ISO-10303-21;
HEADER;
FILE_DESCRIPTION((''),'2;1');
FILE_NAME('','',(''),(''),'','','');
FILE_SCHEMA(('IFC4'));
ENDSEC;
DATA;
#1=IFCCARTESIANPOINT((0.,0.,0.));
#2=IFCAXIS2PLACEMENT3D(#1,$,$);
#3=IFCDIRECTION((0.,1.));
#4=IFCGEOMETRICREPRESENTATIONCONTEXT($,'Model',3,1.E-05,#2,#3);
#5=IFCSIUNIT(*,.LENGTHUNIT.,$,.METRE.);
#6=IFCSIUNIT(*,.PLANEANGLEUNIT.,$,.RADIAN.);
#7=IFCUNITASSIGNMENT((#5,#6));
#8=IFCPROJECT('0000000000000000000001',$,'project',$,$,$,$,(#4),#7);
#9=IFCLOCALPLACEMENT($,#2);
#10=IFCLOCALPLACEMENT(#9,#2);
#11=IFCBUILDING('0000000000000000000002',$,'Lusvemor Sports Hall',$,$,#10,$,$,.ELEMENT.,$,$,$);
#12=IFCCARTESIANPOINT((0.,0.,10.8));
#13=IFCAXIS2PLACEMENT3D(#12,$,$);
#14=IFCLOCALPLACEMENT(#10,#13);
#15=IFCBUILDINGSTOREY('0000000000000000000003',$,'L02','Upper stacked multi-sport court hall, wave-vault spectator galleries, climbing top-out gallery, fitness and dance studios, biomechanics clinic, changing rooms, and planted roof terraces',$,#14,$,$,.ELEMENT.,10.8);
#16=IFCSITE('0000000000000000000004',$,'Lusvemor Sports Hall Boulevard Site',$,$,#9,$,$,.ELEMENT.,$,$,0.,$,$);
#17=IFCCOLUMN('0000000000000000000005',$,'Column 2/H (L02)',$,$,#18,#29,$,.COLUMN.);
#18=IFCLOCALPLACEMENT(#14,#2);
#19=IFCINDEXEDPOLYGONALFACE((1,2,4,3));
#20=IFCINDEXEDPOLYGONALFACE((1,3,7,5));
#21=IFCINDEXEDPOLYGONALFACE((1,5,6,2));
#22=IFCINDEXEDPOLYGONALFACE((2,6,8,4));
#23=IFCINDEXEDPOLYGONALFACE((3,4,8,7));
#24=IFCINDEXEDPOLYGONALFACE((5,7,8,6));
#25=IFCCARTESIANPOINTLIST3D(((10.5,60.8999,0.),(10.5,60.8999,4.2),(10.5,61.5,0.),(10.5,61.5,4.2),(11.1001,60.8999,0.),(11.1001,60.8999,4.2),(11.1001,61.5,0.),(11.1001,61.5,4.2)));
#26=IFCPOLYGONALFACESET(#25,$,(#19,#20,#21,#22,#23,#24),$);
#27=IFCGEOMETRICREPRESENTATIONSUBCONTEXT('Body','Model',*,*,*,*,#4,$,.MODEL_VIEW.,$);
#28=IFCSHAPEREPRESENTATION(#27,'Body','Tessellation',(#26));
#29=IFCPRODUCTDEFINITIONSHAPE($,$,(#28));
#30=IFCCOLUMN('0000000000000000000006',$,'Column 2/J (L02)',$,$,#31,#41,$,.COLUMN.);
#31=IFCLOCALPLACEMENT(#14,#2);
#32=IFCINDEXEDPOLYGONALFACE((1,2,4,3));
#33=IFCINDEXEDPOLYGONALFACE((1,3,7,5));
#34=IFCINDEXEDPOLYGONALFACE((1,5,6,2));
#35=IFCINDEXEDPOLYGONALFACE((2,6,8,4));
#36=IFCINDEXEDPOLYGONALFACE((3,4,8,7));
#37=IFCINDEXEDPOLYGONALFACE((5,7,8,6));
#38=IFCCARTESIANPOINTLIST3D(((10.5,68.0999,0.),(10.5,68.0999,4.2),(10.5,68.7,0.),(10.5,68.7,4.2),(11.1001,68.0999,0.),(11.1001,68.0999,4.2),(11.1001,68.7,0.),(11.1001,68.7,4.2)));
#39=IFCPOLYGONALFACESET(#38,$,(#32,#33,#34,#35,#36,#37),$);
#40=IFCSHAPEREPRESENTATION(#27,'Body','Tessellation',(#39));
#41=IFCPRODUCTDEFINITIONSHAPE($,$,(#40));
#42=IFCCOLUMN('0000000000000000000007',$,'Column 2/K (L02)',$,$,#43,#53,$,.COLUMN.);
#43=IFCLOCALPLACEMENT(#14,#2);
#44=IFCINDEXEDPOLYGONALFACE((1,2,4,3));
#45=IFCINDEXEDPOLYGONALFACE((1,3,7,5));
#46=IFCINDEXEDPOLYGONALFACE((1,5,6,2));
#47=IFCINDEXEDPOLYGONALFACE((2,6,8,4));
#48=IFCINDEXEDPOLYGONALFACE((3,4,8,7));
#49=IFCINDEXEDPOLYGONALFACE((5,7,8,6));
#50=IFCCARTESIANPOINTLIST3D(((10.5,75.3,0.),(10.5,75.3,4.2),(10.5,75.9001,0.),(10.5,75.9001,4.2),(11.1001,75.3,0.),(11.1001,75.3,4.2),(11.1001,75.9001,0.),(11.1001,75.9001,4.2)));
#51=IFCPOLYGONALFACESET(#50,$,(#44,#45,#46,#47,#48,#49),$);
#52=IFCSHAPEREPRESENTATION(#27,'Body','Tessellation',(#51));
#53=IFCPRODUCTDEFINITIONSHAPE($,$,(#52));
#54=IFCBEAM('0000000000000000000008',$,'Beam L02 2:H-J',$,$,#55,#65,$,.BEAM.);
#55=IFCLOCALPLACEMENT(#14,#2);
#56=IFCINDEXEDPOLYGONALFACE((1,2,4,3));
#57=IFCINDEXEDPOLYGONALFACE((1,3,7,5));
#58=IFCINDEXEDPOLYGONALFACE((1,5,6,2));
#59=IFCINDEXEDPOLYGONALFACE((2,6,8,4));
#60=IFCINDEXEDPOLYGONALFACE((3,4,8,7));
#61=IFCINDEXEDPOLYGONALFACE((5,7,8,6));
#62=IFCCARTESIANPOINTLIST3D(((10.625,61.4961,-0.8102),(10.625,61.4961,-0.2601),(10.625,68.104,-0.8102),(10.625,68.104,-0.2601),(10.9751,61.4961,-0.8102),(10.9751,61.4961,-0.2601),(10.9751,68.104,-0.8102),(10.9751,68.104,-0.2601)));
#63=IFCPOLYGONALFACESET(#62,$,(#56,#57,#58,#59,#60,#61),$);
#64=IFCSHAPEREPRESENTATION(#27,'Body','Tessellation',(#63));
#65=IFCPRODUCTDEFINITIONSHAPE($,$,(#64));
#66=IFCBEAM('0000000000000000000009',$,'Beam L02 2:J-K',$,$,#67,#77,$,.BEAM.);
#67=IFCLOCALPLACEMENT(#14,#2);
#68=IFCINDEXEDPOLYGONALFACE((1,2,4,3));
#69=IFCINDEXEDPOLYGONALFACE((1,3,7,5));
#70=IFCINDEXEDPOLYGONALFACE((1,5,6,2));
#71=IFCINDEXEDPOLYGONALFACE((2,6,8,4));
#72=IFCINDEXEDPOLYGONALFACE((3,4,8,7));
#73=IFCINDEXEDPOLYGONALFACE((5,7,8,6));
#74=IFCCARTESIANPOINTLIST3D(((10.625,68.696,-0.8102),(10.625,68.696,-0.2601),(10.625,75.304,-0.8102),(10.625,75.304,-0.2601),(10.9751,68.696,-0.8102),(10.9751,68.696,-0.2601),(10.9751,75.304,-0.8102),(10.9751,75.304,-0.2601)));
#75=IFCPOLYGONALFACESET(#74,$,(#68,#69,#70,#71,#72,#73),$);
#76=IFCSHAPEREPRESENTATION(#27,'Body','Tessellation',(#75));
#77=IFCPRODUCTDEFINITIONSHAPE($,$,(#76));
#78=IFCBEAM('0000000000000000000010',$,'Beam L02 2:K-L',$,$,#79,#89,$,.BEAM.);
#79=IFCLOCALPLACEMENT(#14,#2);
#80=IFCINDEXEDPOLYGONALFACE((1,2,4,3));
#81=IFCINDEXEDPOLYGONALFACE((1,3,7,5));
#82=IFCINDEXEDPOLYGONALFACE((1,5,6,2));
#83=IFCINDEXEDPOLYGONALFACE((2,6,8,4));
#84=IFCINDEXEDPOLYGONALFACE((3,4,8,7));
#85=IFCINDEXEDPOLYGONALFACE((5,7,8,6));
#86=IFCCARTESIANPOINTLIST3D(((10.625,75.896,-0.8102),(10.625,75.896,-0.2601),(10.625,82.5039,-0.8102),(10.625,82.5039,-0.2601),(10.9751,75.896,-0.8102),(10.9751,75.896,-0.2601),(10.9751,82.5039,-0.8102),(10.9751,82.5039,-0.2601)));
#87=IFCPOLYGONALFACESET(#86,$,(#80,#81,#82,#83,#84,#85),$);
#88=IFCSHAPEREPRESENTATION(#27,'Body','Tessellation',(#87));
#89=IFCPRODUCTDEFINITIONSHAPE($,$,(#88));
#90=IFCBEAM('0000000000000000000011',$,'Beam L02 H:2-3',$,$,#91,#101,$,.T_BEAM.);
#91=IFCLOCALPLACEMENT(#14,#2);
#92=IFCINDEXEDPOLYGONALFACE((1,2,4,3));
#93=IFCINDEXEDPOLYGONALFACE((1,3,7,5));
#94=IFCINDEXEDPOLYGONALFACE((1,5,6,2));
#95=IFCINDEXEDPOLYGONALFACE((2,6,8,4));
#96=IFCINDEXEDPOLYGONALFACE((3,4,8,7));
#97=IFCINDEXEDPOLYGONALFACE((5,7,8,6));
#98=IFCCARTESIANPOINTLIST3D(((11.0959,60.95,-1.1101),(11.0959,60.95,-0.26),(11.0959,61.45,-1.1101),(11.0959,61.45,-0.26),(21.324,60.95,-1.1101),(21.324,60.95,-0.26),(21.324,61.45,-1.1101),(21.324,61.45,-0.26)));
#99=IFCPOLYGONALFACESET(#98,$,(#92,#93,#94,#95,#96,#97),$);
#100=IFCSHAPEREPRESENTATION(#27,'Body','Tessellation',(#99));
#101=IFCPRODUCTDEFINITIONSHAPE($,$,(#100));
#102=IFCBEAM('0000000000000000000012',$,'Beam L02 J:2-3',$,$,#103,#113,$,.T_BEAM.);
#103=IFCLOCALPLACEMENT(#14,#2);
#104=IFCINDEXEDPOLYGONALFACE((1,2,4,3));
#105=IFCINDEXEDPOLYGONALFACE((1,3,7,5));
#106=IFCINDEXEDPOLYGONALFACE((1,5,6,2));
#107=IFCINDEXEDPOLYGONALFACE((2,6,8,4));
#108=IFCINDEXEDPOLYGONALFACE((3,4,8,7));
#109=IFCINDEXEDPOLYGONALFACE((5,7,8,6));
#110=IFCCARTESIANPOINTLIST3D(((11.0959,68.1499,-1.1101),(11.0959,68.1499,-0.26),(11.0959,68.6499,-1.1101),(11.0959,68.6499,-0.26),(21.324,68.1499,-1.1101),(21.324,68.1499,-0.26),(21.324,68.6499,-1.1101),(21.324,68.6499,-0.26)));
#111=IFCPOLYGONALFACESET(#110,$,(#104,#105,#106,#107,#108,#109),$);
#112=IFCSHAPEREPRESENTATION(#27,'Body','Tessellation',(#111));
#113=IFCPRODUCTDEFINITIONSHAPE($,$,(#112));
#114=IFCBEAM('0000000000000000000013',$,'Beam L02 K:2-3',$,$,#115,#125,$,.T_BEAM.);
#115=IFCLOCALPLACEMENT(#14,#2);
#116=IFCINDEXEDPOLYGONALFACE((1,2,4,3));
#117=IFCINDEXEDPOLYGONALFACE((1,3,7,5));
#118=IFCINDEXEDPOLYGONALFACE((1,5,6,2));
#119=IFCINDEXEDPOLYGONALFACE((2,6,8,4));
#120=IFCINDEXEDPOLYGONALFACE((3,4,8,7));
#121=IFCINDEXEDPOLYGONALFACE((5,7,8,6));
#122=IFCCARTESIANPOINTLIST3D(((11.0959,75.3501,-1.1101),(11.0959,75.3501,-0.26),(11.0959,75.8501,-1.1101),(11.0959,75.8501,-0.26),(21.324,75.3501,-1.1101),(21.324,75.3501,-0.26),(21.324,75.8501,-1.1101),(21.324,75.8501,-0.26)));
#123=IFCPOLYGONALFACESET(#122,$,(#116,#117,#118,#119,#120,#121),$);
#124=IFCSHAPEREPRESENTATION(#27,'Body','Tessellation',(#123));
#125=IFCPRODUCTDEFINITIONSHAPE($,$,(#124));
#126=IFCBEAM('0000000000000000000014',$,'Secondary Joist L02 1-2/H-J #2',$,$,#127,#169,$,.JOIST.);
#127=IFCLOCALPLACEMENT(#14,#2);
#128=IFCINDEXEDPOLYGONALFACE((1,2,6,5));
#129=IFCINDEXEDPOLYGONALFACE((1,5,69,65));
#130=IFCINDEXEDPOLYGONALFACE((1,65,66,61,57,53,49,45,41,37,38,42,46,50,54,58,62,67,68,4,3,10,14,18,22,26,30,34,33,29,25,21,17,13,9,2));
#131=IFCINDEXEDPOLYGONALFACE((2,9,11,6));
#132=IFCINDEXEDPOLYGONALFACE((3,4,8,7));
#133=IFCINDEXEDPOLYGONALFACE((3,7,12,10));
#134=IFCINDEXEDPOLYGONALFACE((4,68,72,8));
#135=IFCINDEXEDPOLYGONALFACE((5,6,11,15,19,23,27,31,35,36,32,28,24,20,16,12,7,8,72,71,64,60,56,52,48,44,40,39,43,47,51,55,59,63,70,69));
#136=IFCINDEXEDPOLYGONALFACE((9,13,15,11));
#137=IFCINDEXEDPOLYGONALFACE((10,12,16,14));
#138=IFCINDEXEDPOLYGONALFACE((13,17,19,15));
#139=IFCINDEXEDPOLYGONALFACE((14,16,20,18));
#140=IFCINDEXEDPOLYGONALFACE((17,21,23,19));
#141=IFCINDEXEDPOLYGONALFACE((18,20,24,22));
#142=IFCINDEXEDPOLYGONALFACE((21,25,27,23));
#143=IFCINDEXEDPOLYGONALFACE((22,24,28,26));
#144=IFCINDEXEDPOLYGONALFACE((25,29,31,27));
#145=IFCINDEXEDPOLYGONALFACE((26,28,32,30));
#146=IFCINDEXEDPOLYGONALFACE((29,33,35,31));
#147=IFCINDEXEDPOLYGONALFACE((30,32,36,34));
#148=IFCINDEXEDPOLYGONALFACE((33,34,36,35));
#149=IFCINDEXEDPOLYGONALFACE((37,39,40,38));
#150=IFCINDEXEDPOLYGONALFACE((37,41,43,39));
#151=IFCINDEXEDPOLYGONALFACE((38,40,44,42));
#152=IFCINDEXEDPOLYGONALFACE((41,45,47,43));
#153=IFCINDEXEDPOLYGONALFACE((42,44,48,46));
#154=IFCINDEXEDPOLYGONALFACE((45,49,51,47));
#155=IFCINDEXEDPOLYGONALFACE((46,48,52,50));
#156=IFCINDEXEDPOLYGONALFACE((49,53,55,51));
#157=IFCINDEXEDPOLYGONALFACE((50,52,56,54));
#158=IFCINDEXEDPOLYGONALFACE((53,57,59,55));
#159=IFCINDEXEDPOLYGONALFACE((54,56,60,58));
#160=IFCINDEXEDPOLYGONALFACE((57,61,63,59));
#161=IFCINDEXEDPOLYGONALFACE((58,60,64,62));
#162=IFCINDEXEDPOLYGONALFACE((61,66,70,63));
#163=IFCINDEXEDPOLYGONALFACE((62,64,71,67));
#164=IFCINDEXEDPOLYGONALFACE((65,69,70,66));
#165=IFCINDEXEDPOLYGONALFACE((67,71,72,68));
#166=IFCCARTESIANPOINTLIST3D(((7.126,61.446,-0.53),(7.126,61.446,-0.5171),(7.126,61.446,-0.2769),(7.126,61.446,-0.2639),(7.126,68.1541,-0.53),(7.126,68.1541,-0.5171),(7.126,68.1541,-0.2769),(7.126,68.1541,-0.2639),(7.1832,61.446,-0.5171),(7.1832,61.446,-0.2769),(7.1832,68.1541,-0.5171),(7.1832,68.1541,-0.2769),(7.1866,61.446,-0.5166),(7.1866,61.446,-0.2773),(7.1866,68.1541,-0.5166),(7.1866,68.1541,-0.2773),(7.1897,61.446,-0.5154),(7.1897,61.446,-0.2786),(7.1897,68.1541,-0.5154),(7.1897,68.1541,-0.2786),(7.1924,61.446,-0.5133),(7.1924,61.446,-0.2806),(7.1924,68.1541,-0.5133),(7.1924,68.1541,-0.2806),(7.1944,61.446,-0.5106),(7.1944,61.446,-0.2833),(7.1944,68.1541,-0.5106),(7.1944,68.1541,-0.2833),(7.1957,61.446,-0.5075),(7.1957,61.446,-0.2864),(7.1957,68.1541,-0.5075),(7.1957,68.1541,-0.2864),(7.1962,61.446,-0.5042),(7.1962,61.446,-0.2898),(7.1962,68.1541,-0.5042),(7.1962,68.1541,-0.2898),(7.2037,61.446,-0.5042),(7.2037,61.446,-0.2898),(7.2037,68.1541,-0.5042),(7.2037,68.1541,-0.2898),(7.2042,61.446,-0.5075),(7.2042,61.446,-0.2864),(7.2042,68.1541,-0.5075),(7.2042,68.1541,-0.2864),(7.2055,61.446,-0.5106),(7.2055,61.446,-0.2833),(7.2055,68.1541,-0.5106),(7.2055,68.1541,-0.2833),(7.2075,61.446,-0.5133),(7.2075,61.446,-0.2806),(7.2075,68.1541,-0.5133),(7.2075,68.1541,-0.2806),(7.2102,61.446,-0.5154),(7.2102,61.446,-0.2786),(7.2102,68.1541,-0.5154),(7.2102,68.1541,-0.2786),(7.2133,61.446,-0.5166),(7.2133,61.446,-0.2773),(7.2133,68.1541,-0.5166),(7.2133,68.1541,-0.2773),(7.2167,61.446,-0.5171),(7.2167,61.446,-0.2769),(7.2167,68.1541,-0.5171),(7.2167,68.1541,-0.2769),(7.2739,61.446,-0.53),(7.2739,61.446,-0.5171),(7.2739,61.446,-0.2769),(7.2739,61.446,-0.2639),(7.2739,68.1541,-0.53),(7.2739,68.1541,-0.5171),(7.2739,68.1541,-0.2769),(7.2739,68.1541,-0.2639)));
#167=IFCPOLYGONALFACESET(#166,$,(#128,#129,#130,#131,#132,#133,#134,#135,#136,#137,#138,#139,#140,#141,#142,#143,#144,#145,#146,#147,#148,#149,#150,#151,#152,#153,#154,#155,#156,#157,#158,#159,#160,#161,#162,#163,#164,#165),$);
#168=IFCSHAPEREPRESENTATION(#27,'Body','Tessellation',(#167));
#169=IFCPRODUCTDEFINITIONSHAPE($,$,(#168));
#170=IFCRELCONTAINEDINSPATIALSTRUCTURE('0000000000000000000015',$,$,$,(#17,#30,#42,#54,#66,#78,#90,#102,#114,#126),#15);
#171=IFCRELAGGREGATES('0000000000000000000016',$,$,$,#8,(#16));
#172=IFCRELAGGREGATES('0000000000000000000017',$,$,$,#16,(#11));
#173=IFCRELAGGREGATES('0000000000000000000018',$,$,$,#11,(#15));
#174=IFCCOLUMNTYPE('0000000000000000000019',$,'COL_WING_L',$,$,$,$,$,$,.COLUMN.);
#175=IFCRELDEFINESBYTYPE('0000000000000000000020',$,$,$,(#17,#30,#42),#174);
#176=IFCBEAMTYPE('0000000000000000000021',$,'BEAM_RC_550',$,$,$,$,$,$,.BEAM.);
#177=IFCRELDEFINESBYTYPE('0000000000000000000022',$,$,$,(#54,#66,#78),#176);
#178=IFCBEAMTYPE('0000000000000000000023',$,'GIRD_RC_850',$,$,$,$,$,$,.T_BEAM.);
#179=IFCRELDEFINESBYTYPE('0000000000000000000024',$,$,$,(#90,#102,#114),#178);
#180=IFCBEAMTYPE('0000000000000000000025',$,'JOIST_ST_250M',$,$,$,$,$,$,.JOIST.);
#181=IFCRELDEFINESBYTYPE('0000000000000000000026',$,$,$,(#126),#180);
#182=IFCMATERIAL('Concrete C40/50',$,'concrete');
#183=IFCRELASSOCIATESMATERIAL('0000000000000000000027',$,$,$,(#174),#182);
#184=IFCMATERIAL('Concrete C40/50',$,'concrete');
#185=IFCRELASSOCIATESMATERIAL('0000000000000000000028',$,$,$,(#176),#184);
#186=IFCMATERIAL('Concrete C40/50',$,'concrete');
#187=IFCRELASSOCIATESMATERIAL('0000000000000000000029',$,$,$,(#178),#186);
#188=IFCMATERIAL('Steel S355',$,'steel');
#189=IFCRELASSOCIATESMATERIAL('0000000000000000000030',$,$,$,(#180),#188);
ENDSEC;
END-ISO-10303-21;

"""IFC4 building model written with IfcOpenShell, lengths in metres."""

from ifc_helpers import new_model, si_unit, direction, frame, origin, origin_2d, place, context, subcontext, project, spatial, rectangle, i_section, extrude, material, material_profile, profile_set, type_object, element, save


model = new_model("IFC4")

# Units and contexts
model_context = context("Model", 3, precision=1e-05, world=origin(), true_north=direction((0.0, 1.0)))
body_context = subcontext(model_context, "Body", "Model", "MODEL_VIEW")
ifc_project = project(units=[si_unit("LENGTHUNIT", "METRE"), si_unit("PLANEANGLEUNIT", "RADIAN")], contexts=[model_context])

# Site, building, storey
site_placement = place(None, origin())
site = spatial("IfcSite", under=ifc_project, at=site_placement, Name="Lusvemor Sports Hall Boulevard Site", CompositionType="ELEMENT", RefElevation=0.0)
building_placement = place(site_placement, origin())
building = spatial("IfcBuilding", under=site, at=building_placement, Name="Lusvemor Sports Hall", CompositionType="ELEMENT")
storey_placement = place(building_placement, frame((0.0, 0.0, 10.8)))
storey = spatial("IfcBuildingStorey", under=building, at=storey_placement, Name="L02", Description="Upper stacked multi-sport court hall, wave-vault spectator galleries, climbing top-out gallery, fitness and dance studios, biomechanics clinic, changing rooms, and planted roof terraces", CompositionType="ELEMENT", Elevation=10.8)

# Columns
ifc_material_1 = material(Name="Concrete C40/50", Category="concrete")
ifc_material_profile_1 = material_profile(ifc_material_1, rectangle(XDim=0.6001, YDim=0.6001, at=origin_2d()), Name="RC600x600")
ifc_profile_set_1 = profile_set([ifc_material_profile_1], Name="Concrete C40/50")
column_type = type_object("IfcColumnType", Name="COL_WING_L", PredefinedType="COLUMN", material=ifc_profile_set_1)
for number, where, z_axis, x_axis, name in (
    (1, (10.8, 61.2, 0.0), (0.0, 0.0, 1.0), (1.0, 0.0, 0.0), "Column 2/H (L02)"),
    (2, (10.8, 68.3999, 0.0), (0.0, 0.0, 1.0), (1.0, 0.0, 0.0), "Column 2/J (L02)"),
    (3, (10.8, 75.6001, 0.0), (0.0, 0.0, 1.0), (1.0, 0.0, 0.0), "Column 2/K (L02)"),
):
    element("IfcColumn", number, at=place(storey_placement, frame(where, z_axis=z_axis, x_axis=x_axis)), inside=storey, type_object=column_type, Name=name, PredefinedType="COLUMN", context=body_context, shape_type="SweptSolid", body=[
        extrude(rectangle(XDim=0.6001, YDim=0.6001, at=origin_2d()), origin(), (0.0, 0.0, 1.0), 4.2),
    ])

# Beams
ifc_material_2 = material(Name="Concrete C40/50", Category="concrete")
ifc_material_profile_2 = material_profile(ifc_material_2, rectangle(XDim=0.3501, YDim=0.55, at=origin_2d()), Name="RC350x550")
ifc_profile_set_2 = profile_set([ifc_material_profile_2], Name="Concrete C40/50")
beam_type_1 = type_object("IfcBeamType", Name="BEAM_RC_550", PredefinedType="BEAM", material=ifc_profile_set_2)
for number, where, z_axis, x_axis, name in (
    (4, (10.8, 61.4961, -0.5352), (0.0, 1.0, 0.0), (-1.0, 0.0, 0.0), "Beam L02 2:H-J"),
    (5, (10.8, 68.696, -0.5352), (0.0, 1.0, 0.0), (-1.0, 0.0, 0.0), "Beam L02 2:J-K"),
    (6, (10.8, 75.896, -0.5352), (0.0, 1.0, 0.0), (-1.0, 0.0, 0.0), "Beam L02 2:K-L"),
):
    element("IfcBeam", number, at=place(storey_placement, frame(where, z_axis=z_axis, x_axis=x_axis)), inside=storey, type_object=beam_type_1, Name=name, PredefinedType="BEAM", context=body_context, shape_type="SweptSolid", body=[
        extrude(rectangle(XDim=0.3501, YDim=0.55, at=origin_2d()), origin(), (0.0, 0.0, 1.0), 6.6079),
    ])
ifc_material_3 = material(Name="Concrete C40/50", Category="concrete")
ifc_material_profile_3 = material_profile(ifc_material_3, rectangle(XDim=0.5, YDim=0.8501, at=origin_2d()), Name="RC500x850")
ifc_profile_set_3 = profile_set([ifc_material_profile_3], Name="Concrete C40/50")
beam_type_2 = type_object("IfcBeamType", Name="GIRD_RC_850", PredefinedType="T_BEAM", material=ifc_profile_set_3)
for number, where, z_axis, x_axis, name in (
    (7, (11.0959, 61.2, -0.6851), (1.0, 0.0, 0.0), (0.0, 1.0, 0.0), "Beam L02 H:2-3"),
    (8, (11.0959, 68.3999, -0.6851), (1.0, 0.0, 0.0), (0.0, 1.0, 0.0), "Beam L02 J:2-3"),
    (9, (11.0959, 75.6001, -0.6851), (1.0, 0.0, 0.0), (0.0, 1.0, 0.0), "Beam L02 K:2-3"),
):
    element("IfcBeam", number, at=place(storey_placement, frame(where, z_axis=z_axis, x_axis=x_axis)), inside=storey, type_object=beam_type_2, Name=name, PredefinedType="T_BEAM", context=body_context, shape_type="SweptSolid", body=[
        extrude(rectangle(XDim=0.5, YDim=0.8501, at=origin_2d()), origin(), (0.0, 0.0, 1.0), 10.228),
    ])
ifc_material_4 = material(Name="Steel S355", Category="steel")
ifc_material_profile_4 = material_profile(ifc_material_4, i_section(OverallWidth=0.1479, OverallDepth=0.2661, WebThickness=0.0076, FlangeThickness=0.0129, FilletRadius=0.0129, at=origin_2d()), Name="W250x44.8")
ifc_profile_set_4 = profile_set([ifc_material_profile_4], Name="Steel S355")
beam_type_3 = type_object("IfcBeamType", Name="JOIST_ST_250M", PredefinedType="JOIST", material=ifc_profile_set_4)
for number, where, z_axis, x_axis, name in (
    (10, (7.2, 61.446, -0.397), (0.0, 1.0, 0.0), (-1.0, 0.0, 0.0), "Secondary Joist L02 1-2/H-J #2"),
):
    element("IfcBeam", number, at=place(storey_placement, frame(where, z_axis=z_axis, x_axis=x_axis)), inside=storey, type_object=beam_type_3, Name=name, PredefinedType="JOIST", context=body_context, shape_type="SweptSolid", body=[
        extrude(i_section(OverallWidth=0.1479, OverallDepth=0.2661, WebThickness=0.0076, FlangeThickness=0.0129, FilletRadius=0.0129, at=origin_2d()), origin(), (0.0, 0.0, 1.0), 6.708),
    ])

save(model, "model.ifc")
